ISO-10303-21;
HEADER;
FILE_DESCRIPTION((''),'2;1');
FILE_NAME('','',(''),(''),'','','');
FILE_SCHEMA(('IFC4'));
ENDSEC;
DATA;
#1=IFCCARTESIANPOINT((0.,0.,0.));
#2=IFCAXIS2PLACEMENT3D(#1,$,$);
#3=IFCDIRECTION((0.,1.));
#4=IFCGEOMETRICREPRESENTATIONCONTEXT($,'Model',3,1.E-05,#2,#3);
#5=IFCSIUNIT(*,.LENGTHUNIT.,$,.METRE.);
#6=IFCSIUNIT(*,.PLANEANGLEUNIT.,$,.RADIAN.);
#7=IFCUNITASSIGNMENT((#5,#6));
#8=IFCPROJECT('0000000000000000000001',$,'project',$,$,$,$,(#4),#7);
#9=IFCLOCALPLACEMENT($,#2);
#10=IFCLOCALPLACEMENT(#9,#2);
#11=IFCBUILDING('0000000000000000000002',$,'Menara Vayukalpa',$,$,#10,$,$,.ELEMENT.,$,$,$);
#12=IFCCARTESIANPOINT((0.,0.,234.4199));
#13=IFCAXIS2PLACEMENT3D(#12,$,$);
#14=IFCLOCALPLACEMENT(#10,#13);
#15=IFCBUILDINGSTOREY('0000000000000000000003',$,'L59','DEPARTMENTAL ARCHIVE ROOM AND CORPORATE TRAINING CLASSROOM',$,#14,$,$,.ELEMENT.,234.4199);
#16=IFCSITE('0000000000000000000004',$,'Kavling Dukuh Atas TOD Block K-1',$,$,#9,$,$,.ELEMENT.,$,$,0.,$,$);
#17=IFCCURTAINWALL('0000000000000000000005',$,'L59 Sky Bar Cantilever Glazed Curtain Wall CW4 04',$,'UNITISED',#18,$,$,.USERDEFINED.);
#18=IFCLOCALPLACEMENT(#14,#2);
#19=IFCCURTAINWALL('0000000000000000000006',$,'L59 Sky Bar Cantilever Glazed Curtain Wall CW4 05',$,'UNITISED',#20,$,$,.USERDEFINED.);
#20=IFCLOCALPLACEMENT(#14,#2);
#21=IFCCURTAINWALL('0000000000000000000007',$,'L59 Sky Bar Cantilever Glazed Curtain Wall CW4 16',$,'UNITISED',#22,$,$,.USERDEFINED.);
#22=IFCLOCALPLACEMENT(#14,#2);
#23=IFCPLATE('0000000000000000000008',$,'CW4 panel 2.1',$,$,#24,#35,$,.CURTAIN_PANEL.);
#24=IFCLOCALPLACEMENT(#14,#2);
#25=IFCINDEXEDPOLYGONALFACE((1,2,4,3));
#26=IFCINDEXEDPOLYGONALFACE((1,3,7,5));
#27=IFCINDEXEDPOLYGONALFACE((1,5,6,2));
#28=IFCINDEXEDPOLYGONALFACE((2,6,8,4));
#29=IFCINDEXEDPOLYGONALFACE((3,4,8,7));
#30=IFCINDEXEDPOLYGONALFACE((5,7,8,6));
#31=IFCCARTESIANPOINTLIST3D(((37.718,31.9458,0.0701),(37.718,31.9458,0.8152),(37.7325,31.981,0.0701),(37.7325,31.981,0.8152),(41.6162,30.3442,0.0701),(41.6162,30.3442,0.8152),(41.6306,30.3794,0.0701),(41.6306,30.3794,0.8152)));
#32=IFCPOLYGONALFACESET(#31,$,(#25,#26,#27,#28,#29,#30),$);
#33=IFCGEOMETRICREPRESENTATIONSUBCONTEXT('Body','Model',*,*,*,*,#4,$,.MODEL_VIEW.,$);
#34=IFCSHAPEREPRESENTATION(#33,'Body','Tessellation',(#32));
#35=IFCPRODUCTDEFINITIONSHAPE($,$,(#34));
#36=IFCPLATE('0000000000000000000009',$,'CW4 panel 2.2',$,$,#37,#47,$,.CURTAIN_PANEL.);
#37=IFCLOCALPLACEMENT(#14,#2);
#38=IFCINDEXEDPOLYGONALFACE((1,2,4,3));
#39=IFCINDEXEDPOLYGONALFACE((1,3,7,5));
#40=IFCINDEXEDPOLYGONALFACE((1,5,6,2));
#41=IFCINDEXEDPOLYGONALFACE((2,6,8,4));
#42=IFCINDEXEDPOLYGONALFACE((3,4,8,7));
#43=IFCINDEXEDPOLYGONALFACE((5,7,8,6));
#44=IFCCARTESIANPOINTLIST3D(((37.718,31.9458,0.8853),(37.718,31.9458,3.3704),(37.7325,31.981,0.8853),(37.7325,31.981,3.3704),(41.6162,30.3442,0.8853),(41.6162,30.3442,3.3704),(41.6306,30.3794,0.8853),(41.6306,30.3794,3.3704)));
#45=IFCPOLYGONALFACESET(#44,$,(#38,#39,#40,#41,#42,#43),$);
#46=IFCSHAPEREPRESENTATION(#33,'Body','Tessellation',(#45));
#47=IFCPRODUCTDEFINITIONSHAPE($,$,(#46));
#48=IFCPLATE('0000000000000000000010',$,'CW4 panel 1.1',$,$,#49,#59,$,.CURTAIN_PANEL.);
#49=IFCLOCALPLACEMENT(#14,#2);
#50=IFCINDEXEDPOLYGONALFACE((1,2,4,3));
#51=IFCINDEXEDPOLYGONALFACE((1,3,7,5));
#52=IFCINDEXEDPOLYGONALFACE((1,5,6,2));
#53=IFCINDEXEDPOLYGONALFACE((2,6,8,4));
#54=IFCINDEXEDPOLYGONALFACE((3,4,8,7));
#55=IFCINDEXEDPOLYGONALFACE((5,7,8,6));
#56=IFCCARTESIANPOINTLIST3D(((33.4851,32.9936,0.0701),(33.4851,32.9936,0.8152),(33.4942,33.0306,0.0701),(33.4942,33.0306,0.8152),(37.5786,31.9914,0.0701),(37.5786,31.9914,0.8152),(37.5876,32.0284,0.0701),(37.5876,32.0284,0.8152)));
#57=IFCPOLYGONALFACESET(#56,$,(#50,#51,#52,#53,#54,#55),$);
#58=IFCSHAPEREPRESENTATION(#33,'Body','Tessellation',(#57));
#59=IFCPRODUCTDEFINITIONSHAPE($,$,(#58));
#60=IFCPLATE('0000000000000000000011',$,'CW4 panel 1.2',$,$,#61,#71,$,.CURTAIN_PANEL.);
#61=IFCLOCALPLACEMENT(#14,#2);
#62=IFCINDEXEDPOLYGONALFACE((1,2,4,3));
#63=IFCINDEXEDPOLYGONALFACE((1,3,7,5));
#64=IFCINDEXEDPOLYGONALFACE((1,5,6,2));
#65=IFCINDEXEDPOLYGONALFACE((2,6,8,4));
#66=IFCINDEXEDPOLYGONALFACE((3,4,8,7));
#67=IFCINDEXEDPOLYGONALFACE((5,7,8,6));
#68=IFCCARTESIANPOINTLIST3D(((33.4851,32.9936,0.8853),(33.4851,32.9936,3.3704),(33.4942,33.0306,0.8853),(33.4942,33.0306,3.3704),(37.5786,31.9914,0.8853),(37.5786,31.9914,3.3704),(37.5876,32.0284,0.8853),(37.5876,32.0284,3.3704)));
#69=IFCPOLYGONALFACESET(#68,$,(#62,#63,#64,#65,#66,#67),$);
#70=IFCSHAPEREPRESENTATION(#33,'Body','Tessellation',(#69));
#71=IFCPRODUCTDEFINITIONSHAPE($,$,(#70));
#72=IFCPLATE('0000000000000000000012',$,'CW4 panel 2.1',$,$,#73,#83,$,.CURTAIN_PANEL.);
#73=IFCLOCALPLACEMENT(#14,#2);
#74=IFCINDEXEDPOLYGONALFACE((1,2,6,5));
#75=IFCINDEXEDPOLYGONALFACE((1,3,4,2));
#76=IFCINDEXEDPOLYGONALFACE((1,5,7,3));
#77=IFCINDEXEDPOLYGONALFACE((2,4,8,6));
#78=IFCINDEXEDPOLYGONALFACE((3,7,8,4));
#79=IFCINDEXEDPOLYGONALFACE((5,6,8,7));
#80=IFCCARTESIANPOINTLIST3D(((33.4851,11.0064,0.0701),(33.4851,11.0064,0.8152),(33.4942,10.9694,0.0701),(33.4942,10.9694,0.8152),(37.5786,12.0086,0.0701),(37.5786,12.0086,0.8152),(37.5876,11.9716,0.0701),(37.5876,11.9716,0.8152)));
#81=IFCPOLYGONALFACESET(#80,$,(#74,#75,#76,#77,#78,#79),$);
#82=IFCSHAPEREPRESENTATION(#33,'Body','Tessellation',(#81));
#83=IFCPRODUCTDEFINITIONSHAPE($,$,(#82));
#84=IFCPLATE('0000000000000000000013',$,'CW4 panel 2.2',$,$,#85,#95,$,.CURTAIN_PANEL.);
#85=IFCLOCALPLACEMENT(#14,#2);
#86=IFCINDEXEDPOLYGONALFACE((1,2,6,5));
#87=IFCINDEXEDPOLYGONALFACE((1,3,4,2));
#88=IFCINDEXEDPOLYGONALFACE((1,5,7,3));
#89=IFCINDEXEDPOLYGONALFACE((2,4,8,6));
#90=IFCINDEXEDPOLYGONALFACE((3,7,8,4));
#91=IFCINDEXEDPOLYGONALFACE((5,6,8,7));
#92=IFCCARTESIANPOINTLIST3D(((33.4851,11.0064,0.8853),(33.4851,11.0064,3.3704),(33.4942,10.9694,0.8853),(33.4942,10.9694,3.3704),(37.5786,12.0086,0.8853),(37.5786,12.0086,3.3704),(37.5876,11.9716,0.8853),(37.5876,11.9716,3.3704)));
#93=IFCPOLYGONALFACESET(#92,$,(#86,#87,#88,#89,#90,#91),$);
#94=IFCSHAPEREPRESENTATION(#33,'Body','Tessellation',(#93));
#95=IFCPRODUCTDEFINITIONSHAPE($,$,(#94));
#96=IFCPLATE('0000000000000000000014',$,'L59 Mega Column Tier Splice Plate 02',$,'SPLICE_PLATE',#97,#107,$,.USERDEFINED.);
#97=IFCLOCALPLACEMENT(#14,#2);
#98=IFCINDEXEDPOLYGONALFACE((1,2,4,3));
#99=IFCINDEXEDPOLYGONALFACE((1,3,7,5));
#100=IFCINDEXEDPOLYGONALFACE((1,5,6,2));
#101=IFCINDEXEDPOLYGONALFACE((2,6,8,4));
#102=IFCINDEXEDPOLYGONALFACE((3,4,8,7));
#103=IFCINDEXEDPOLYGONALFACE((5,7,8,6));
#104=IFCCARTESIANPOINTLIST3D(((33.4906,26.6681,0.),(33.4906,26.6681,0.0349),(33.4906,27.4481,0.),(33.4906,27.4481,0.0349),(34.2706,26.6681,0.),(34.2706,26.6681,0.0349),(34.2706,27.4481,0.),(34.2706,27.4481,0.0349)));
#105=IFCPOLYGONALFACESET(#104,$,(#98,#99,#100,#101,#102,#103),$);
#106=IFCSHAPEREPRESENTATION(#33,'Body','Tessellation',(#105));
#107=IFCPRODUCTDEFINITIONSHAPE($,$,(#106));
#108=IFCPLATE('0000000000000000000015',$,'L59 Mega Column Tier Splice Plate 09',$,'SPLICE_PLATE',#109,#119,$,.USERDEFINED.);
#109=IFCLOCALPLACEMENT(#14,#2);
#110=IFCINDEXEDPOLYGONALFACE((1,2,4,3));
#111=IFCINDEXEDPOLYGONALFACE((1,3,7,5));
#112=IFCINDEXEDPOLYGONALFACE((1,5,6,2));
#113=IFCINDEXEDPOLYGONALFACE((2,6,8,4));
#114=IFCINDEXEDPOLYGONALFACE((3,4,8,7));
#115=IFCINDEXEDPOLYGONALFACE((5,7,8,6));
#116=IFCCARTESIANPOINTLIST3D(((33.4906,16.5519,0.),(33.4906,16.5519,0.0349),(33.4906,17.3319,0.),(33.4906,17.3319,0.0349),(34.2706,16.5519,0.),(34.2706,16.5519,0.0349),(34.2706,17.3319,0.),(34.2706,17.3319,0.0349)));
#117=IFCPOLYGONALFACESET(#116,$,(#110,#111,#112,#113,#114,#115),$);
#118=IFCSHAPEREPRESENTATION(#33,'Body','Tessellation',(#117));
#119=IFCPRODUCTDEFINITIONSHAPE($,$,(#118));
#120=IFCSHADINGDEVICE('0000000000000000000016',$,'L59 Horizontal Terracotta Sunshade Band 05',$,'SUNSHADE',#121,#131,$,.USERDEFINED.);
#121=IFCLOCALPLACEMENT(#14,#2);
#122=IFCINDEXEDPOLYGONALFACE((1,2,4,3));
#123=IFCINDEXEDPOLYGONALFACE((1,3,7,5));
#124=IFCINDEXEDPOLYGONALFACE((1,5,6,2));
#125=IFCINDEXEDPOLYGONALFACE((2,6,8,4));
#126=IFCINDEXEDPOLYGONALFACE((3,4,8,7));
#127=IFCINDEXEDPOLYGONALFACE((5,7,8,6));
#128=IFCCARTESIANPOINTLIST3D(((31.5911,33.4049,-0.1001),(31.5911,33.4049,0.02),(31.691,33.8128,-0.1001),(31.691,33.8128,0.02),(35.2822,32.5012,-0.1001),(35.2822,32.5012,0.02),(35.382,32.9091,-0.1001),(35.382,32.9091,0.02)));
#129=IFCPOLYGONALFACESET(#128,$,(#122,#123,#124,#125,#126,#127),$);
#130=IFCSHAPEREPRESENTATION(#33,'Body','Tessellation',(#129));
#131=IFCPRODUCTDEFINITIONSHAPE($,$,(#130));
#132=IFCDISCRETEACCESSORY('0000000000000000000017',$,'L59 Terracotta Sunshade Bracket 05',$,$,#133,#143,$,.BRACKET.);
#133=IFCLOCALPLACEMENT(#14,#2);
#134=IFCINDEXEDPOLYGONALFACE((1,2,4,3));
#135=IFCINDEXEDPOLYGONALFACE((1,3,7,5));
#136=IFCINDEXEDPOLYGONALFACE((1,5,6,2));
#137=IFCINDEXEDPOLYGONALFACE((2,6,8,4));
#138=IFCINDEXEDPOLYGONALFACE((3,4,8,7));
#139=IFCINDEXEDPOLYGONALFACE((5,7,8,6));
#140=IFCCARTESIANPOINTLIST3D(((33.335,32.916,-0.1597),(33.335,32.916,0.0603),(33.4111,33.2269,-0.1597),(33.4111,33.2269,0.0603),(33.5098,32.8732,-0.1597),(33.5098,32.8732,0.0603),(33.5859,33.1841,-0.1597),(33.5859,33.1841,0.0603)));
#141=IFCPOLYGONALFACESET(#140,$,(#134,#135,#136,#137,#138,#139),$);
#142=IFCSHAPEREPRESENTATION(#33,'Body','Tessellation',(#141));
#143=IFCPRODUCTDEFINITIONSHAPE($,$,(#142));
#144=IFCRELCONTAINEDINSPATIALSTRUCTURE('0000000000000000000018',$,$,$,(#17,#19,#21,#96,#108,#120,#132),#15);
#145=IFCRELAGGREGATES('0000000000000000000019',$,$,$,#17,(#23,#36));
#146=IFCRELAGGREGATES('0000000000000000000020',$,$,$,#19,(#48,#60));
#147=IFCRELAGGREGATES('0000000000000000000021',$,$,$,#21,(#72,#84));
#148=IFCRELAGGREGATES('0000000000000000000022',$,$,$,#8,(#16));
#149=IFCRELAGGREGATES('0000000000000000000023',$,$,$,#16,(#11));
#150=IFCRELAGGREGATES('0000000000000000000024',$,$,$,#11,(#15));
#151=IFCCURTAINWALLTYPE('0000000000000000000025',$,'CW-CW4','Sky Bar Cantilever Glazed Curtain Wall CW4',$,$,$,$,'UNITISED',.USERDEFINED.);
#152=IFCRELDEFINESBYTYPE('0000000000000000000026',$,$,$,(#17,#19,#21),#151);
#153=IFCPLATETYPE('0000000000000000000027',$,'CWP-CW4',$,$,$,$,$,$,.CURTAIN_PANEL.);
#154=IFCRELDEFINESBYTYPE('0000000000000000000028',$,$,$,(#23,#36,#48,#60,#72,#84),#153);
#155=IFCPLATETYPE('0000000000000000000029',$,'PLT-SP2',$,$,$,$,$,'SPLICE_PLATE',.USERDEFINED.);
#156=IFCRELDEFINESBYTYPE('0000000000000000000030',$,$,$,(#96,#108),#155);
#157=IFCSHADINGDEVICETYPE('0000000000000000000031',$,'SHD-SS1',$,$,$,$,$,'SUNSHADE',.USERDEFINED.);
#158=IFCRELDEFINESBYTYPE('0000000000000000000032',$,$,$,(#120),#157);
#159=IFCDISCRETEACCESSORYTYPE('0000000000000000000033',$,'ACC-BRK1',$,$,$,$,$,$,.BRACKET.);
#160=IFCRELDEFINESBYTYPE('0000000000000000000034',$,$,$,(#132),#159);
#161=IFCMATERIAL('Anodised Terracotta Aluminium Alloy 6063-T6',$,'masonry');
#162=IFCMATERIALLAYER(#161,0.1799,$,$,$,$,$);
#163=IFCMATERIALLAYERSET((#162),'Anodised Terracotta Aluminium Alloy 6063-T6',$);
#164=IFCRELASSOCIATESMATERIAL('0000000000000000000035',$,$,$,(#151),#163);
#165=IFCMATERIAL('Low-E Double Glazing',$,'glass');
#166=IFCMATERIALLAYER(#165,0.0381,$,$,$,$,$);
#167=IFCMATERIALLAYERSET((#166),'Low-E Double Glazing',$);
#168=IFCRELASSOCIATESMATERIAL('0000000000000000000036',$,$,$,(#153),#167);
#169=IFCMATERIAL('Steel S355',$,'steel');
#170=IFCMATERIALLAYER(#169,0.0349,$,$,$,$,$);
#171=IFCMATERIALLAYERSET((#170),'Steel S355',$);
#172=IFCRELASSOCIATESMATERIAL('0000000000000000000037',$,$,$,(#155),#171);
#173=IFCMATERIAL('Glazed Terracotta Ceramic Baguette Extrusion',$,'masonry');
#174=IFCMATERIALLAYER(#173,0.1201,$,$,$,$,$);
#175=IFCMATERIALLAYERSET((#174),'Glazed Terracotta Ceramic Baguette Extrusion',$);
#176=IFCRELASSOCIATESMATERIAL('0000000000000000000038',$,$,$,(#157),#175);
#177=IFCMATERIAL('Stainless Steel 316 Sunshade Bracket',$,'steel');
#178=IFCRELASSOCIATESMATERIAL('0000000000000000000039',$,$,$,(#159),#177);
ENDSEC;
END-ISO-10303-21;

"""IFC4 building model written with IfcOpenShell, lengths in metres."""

from ifc_helpers import new_model, si_unit, direction, frame, origin, origin_2d, place, context, subcontext, project, spatial, rectangle, extrude, material, layer, layer_set, type_object, element, aggregate, save


model = new_model("IFC4")

# Units and contexts
model_context = context("Model", 3, precision=1e-05, world=origin(), true_north=direction((0.0, 1.0)))
body_context = subcontext(model_context, "Body", "Model", "MODEL_VIEW")
ifc_project = project(units=[si_unit("LENGTHUNIT", "METRE"), si_unit("PLANEANGLEUNIT", "RADIAN")], contexts=[model_context])

# Site, building, storey
site_placement = place(None, origin())
site = spatial("IfcSite", under=ifc_project, at=site_placement, Name="Kavling Dukuh Atas TOD Block K-1", CompositionType="ELEMENT", RefElevation=0.0)
building_placement = place(site_placement, origin())
building = spatial("IfcBuilding", under=site, at=building_placement, Name="Menara Vayukalpa", CompositionType="ELEMENT")
storey_placement = place(building_placement, frame((0.0, 0.0, 234.4199)))
storey = spatial("IfcBuildingStorey", under=building, at=storey_placement, Name="L59", Description="DEPARTMENTAL ARCHIVE ROOM AND CORPORATE TRAINING CLASSROOM", CompositionType="ELEMENT", Elevation=234.4199)

# Curtain wall
ifc_material_1 = material(Name="Anodised Terracotta Aluminium Alloy 6063-T6", Category="masonry")
ifc_layer_1 = layer(ifc_material_1, 0.1799)
ifc_layer_set_1 = layer_set([ifc_layer_1], Name="Anodised Terracotta Aluminium Alloy 6063-T6")
curtain_wall_type = type_object("IfcCurtainWallType", Name="CW-CW4", Description="Sky Bar Cantilever Glazed Curtain Wall CW4", ElementType="UNITISED", PredefinedType="USERDEFINED", material=ifc_layer_set_1)
curtain_wall_1_placement = place(storey_placement, origin())
curtain_wall_1 = element("IfcCurtainWall", 1, at=curtain_wall_1_placement, inside=storey, type_object=curtain_wall_type, Name="L59 Sky Bar Cantilever Glazed Curtain Wall CW4 04", ObjectType="UNITISED", PredefinedType="USERDEFINED")

# Curtain walls
curtain_wall_2_placement = place(storey_placement, origin())
curtain_wall_2 = element("IfcCurtainWall", 2, at=curtain_wall_2_placement, inside=storey, type_object=curtain_wall_type, Name="L59 Sky Bar Cantilever Glazed Curtain Wall CW4 05", ObjectType="UNITISED", PredefinedType="USERDEFINED")
curtain_wall_3_placement = place(storey_placement, origin())
curtain_wall_3 = element("IfcCurtainWall", 3, at=curtain_wall_3_placement, inside=storey, type_object=curtain_wall_type, Name="L59 Sky Bar Cantilever Glazed Curtain Wall CW4 16", ObjectType="UNITISED", PredefinedType="USERDEFINED")

# Plates
ifc_material_2 = material(Name="Low-E Double Glazing", Category="glass")
ifc_layer_2 = layer(ifc_material_2, 0.0381)
ifc_layer_set_2 = layer_set([ifc_layer_2], Name="Low-E Double Glazing")
plate_type_1 = type_object("IfcPlateType", Name="CWP-CW4", PredefinedType="CURTAIN_PANEL", material=ifc_layer_set_2)
plate_1_placement = place(storey_placement, frame((39.6743, 31.1626, 0.0701), z_axis=(0.0, 0.0, 1.0), x_axis=(-0.92497, 0.380039, 0.0)))
plate_1 = element("IfcPlate", 4, at=plate_1_placement, type_object=plate_type_1, Name="CW4 panel 2.1", PredefinedType="CURTAIN_PANEL", context=body_context, shape_type="SweptSolid", body=[
    extrude(rectangle(XDim=4.2144, YDim=0.0381, at=origin_2d()), origin(), (0.0, 0.0, 1.0), 0.7451),
])
plate_2_placement = place(storey_placement, frame((39.6743, 31.1626, 0.8853), z_axis=(0.0, 0.0, 1.0), x_axis=(-0.92497, 0.380039, 0.0)))
plate_2 = element("IfcPlate", 5, at=plate_2_placement, type_object=plate_type_1, Name="CW4 panel 2.2", PredefinedType="CURTAIN_PANEL", context=body_context, shape_type="SweptSolid", body=[
    extrude(rectangle(XDim=4.2144, YDim=0.0381, at=origin_2d()), origin(), (0.0, 0.0, 1.0), 2.4851),
])
aggregate(curtain_wall_1, [plate_1, plate_2])
plate_3_placement = place(storey_placement, frame((35.5364, 32.511, 0.0701), z_axis=(0.0, 0.0, 1.0), x_axis=(-0.971312, 0.23781, 0.0)))
plate_3 = element("IfcPlate", 6, at=plate_3_placement, type_object=plate_type_1, Name="CW4 panel 1.1", PredefinedType="CURTAIN_PANEL", context=body_context, shape_type="SweptSolid", body=[
    extrude(rectangle(XDim=4.2144, YDim=0.0381, at=origin_2d()), origin(), (0.0, 0.0, 1.0), 0.7451),
])
plate_4_placement = place(storey_placement, frame((35.5364, 32.511, 0.8853), z_axis=(0.0, 0.0, 1.0), x_axis=(-0.971312, 0.23781, 0.0)))
plate_4 = element("IfcPlate", 7, at=plate_4_placement, type_object=plate_type_1, Name="CW4 panel 1.2", PredefinedType="CURTAIN_PANEL", context=body_context, shape_type="SweptSolid", body=[
    extrude(rectangle(XDim=4.2144, YDim=0.0381, at=origin_2d()), origin(), (0.0, 0.0, 1.0), 2.4851),
])
aggregate(curtain_wall_2, [plate_3, plate_4])
plate_5_placement = place(storey_placement, frame((35.5364, 11.489, 0.0701), z_axis=(0.0, 0.0, 1.0), x_axis=(0.971312, 0.23781, 0.0)))
plate_5 = element("IfcPlate", 8, at=plate_5_placement, type_object=plate_type_1, Name="CW4 panel 2.1", PredefinedType="CURTAIN_PANEL", context=body_context, shape_type="SweptSolid", body=[
    extrude(rectangle(XDim=4.2144, YDim=0.0381, at=origin_2d()), origin(), (0.0, 0.0, 1.0), 0.7451),
])
plate_6_placement = place(storey_placement, frame((35.5364, 11.489, 0.8853), z_axis=(0.0, 0.0, 1.0), x_axis=(0.971312, 0.23781, 0.0)))
plate_6 = element("IfcPlate", 9, at=plate_6_placement, type_object=plate_type_1, Name="CW4 panel 2.2", PredefinedType="CURTAIN_PANEL", context=body_context, shape_type="SweptSolid", body=[
    extrude(rectangle(XDim=4.2144, YDim=0.0381, at=origin_2d()), origin(), (0.0, 0.0, 1.0), 2.4851),
])
aggregate(curtain_wall_3, [plate_5, plate_6])

# Plates
ifc_material_3 = material(Name="Steel S355", Category="steel")
ifc_layer_3 = layer(ifc_material_3, 0.0349)
ifc_layer_set_3 = layer_set([ifc_layer_3], Name="Steel S355")
plate_type_2 = type_object("IfcPlateType", Name="PLT-SP2", ElementType="SPLICE_PLATE", PredefinedType="USERDEFINED", material=ifc_layer_set_3)
for number, where, z_axis, x_axis, name in (
    (10, (33.8806, 27.0581, 0.0), (0.0, 0.0, 1.0), (1.0, 0.0, 0.0), "L59 Mega Column Tier Splice Plate 02"),
    (11, (33.8806, 16.9419, 0.0), (0.0, 0.0, 1.0), (1.0, 0.0, 0.0), "L59 Mega Column Tier Splice Plate 09"),
):
    element("IfcPlate", number, at=place(storey_placement, frame(where, z_axis=z_axis, x_axis=x_axis)), inside=storey, type_object=plate_type_2, Name=name, ObjectType="SPLICE_PLATE", PredefinedType="USERDEFINED", context=body_context, shape_type="SweptSolid", body=[
        extrude(rectangle(XDim=0.78, YDim=0.78, at=origin_2d()), origin(), (0.0, 0.0, 1.0), 0.0349),
    ])

# Shading device
ifc_material_4 = material(Name="Glazed Terracotta Ceramic Baguette Extrusion", Category="masonry")
ifc_layer_4 = layer(ifc_material_4, 0.1201)
ifc_layer_set_4 = layer_set([ifc_layer_4], Name="Glazed Terracotta Ceramic Baguette Extrusion")
shading_device_type = type_object("IfcShadingDeviceType", Name="SHD-SS1", ElementType="SUNSHADE", PredefinedType="USERDEFINED", material=ifc_layer_set_4)
shading_device_placement = place(storey_placement, frame((33.4866, 33.157, -0.1001), z_axis=(0.0, 0.0, 1.0), x_axis=(-0.971313, 0.237805, 0.0)))
element("IfcShadingDevice", 12, at=shading_device_placement, inside=storey, type_object=shading_device_type, Name="L59 Horizontal Terracotta Sunshade Band 05", ObjectType="SUNSHADE", PredefinedType="USERDEFINED", context=body_context, shape_type="SweptSolid", body=[
    extrude(rectangle(XDim=3.8, YDim=0.4199, at=origin_2d()), origin(), (0.0, 0.0, 1.0), 0.1201),
])

# Discrete accessory
ifc_material_5 = material(Name="Stainless Steel 316 Sunshade Bracket", Category="steel")
discrete_accessory_type = type_object("IfcDiscreteAccessoryType", Name="ACC-BRK1", PredefinedType="BRACKET", material=ifc_material_5)
discrete_accessory_placement = place(storey_placement, frame((33.4604, 33.05, -0.1597), z_axis=(0.0, 0.0, 1.0), x_axis=(-0.971313, 0.237805, 0.0)))
element("IfcDiscreteAccessory", 13, at=discrete_accessory_placement, inside=storey, type_object=discrete_accessory_type, Name="L59 Terracotta Sunshade Bracket 05", PredefinedType="BRACKET", context=body_context, shape_type="SweptSolid", body=[
    extrude(rectangle(XDim=0.1799, YDim=0.3201, at=origin_2d()), origin(), (0.0, 0.0, 1.0), 0.22),
])

save(model, "model.ifc")
